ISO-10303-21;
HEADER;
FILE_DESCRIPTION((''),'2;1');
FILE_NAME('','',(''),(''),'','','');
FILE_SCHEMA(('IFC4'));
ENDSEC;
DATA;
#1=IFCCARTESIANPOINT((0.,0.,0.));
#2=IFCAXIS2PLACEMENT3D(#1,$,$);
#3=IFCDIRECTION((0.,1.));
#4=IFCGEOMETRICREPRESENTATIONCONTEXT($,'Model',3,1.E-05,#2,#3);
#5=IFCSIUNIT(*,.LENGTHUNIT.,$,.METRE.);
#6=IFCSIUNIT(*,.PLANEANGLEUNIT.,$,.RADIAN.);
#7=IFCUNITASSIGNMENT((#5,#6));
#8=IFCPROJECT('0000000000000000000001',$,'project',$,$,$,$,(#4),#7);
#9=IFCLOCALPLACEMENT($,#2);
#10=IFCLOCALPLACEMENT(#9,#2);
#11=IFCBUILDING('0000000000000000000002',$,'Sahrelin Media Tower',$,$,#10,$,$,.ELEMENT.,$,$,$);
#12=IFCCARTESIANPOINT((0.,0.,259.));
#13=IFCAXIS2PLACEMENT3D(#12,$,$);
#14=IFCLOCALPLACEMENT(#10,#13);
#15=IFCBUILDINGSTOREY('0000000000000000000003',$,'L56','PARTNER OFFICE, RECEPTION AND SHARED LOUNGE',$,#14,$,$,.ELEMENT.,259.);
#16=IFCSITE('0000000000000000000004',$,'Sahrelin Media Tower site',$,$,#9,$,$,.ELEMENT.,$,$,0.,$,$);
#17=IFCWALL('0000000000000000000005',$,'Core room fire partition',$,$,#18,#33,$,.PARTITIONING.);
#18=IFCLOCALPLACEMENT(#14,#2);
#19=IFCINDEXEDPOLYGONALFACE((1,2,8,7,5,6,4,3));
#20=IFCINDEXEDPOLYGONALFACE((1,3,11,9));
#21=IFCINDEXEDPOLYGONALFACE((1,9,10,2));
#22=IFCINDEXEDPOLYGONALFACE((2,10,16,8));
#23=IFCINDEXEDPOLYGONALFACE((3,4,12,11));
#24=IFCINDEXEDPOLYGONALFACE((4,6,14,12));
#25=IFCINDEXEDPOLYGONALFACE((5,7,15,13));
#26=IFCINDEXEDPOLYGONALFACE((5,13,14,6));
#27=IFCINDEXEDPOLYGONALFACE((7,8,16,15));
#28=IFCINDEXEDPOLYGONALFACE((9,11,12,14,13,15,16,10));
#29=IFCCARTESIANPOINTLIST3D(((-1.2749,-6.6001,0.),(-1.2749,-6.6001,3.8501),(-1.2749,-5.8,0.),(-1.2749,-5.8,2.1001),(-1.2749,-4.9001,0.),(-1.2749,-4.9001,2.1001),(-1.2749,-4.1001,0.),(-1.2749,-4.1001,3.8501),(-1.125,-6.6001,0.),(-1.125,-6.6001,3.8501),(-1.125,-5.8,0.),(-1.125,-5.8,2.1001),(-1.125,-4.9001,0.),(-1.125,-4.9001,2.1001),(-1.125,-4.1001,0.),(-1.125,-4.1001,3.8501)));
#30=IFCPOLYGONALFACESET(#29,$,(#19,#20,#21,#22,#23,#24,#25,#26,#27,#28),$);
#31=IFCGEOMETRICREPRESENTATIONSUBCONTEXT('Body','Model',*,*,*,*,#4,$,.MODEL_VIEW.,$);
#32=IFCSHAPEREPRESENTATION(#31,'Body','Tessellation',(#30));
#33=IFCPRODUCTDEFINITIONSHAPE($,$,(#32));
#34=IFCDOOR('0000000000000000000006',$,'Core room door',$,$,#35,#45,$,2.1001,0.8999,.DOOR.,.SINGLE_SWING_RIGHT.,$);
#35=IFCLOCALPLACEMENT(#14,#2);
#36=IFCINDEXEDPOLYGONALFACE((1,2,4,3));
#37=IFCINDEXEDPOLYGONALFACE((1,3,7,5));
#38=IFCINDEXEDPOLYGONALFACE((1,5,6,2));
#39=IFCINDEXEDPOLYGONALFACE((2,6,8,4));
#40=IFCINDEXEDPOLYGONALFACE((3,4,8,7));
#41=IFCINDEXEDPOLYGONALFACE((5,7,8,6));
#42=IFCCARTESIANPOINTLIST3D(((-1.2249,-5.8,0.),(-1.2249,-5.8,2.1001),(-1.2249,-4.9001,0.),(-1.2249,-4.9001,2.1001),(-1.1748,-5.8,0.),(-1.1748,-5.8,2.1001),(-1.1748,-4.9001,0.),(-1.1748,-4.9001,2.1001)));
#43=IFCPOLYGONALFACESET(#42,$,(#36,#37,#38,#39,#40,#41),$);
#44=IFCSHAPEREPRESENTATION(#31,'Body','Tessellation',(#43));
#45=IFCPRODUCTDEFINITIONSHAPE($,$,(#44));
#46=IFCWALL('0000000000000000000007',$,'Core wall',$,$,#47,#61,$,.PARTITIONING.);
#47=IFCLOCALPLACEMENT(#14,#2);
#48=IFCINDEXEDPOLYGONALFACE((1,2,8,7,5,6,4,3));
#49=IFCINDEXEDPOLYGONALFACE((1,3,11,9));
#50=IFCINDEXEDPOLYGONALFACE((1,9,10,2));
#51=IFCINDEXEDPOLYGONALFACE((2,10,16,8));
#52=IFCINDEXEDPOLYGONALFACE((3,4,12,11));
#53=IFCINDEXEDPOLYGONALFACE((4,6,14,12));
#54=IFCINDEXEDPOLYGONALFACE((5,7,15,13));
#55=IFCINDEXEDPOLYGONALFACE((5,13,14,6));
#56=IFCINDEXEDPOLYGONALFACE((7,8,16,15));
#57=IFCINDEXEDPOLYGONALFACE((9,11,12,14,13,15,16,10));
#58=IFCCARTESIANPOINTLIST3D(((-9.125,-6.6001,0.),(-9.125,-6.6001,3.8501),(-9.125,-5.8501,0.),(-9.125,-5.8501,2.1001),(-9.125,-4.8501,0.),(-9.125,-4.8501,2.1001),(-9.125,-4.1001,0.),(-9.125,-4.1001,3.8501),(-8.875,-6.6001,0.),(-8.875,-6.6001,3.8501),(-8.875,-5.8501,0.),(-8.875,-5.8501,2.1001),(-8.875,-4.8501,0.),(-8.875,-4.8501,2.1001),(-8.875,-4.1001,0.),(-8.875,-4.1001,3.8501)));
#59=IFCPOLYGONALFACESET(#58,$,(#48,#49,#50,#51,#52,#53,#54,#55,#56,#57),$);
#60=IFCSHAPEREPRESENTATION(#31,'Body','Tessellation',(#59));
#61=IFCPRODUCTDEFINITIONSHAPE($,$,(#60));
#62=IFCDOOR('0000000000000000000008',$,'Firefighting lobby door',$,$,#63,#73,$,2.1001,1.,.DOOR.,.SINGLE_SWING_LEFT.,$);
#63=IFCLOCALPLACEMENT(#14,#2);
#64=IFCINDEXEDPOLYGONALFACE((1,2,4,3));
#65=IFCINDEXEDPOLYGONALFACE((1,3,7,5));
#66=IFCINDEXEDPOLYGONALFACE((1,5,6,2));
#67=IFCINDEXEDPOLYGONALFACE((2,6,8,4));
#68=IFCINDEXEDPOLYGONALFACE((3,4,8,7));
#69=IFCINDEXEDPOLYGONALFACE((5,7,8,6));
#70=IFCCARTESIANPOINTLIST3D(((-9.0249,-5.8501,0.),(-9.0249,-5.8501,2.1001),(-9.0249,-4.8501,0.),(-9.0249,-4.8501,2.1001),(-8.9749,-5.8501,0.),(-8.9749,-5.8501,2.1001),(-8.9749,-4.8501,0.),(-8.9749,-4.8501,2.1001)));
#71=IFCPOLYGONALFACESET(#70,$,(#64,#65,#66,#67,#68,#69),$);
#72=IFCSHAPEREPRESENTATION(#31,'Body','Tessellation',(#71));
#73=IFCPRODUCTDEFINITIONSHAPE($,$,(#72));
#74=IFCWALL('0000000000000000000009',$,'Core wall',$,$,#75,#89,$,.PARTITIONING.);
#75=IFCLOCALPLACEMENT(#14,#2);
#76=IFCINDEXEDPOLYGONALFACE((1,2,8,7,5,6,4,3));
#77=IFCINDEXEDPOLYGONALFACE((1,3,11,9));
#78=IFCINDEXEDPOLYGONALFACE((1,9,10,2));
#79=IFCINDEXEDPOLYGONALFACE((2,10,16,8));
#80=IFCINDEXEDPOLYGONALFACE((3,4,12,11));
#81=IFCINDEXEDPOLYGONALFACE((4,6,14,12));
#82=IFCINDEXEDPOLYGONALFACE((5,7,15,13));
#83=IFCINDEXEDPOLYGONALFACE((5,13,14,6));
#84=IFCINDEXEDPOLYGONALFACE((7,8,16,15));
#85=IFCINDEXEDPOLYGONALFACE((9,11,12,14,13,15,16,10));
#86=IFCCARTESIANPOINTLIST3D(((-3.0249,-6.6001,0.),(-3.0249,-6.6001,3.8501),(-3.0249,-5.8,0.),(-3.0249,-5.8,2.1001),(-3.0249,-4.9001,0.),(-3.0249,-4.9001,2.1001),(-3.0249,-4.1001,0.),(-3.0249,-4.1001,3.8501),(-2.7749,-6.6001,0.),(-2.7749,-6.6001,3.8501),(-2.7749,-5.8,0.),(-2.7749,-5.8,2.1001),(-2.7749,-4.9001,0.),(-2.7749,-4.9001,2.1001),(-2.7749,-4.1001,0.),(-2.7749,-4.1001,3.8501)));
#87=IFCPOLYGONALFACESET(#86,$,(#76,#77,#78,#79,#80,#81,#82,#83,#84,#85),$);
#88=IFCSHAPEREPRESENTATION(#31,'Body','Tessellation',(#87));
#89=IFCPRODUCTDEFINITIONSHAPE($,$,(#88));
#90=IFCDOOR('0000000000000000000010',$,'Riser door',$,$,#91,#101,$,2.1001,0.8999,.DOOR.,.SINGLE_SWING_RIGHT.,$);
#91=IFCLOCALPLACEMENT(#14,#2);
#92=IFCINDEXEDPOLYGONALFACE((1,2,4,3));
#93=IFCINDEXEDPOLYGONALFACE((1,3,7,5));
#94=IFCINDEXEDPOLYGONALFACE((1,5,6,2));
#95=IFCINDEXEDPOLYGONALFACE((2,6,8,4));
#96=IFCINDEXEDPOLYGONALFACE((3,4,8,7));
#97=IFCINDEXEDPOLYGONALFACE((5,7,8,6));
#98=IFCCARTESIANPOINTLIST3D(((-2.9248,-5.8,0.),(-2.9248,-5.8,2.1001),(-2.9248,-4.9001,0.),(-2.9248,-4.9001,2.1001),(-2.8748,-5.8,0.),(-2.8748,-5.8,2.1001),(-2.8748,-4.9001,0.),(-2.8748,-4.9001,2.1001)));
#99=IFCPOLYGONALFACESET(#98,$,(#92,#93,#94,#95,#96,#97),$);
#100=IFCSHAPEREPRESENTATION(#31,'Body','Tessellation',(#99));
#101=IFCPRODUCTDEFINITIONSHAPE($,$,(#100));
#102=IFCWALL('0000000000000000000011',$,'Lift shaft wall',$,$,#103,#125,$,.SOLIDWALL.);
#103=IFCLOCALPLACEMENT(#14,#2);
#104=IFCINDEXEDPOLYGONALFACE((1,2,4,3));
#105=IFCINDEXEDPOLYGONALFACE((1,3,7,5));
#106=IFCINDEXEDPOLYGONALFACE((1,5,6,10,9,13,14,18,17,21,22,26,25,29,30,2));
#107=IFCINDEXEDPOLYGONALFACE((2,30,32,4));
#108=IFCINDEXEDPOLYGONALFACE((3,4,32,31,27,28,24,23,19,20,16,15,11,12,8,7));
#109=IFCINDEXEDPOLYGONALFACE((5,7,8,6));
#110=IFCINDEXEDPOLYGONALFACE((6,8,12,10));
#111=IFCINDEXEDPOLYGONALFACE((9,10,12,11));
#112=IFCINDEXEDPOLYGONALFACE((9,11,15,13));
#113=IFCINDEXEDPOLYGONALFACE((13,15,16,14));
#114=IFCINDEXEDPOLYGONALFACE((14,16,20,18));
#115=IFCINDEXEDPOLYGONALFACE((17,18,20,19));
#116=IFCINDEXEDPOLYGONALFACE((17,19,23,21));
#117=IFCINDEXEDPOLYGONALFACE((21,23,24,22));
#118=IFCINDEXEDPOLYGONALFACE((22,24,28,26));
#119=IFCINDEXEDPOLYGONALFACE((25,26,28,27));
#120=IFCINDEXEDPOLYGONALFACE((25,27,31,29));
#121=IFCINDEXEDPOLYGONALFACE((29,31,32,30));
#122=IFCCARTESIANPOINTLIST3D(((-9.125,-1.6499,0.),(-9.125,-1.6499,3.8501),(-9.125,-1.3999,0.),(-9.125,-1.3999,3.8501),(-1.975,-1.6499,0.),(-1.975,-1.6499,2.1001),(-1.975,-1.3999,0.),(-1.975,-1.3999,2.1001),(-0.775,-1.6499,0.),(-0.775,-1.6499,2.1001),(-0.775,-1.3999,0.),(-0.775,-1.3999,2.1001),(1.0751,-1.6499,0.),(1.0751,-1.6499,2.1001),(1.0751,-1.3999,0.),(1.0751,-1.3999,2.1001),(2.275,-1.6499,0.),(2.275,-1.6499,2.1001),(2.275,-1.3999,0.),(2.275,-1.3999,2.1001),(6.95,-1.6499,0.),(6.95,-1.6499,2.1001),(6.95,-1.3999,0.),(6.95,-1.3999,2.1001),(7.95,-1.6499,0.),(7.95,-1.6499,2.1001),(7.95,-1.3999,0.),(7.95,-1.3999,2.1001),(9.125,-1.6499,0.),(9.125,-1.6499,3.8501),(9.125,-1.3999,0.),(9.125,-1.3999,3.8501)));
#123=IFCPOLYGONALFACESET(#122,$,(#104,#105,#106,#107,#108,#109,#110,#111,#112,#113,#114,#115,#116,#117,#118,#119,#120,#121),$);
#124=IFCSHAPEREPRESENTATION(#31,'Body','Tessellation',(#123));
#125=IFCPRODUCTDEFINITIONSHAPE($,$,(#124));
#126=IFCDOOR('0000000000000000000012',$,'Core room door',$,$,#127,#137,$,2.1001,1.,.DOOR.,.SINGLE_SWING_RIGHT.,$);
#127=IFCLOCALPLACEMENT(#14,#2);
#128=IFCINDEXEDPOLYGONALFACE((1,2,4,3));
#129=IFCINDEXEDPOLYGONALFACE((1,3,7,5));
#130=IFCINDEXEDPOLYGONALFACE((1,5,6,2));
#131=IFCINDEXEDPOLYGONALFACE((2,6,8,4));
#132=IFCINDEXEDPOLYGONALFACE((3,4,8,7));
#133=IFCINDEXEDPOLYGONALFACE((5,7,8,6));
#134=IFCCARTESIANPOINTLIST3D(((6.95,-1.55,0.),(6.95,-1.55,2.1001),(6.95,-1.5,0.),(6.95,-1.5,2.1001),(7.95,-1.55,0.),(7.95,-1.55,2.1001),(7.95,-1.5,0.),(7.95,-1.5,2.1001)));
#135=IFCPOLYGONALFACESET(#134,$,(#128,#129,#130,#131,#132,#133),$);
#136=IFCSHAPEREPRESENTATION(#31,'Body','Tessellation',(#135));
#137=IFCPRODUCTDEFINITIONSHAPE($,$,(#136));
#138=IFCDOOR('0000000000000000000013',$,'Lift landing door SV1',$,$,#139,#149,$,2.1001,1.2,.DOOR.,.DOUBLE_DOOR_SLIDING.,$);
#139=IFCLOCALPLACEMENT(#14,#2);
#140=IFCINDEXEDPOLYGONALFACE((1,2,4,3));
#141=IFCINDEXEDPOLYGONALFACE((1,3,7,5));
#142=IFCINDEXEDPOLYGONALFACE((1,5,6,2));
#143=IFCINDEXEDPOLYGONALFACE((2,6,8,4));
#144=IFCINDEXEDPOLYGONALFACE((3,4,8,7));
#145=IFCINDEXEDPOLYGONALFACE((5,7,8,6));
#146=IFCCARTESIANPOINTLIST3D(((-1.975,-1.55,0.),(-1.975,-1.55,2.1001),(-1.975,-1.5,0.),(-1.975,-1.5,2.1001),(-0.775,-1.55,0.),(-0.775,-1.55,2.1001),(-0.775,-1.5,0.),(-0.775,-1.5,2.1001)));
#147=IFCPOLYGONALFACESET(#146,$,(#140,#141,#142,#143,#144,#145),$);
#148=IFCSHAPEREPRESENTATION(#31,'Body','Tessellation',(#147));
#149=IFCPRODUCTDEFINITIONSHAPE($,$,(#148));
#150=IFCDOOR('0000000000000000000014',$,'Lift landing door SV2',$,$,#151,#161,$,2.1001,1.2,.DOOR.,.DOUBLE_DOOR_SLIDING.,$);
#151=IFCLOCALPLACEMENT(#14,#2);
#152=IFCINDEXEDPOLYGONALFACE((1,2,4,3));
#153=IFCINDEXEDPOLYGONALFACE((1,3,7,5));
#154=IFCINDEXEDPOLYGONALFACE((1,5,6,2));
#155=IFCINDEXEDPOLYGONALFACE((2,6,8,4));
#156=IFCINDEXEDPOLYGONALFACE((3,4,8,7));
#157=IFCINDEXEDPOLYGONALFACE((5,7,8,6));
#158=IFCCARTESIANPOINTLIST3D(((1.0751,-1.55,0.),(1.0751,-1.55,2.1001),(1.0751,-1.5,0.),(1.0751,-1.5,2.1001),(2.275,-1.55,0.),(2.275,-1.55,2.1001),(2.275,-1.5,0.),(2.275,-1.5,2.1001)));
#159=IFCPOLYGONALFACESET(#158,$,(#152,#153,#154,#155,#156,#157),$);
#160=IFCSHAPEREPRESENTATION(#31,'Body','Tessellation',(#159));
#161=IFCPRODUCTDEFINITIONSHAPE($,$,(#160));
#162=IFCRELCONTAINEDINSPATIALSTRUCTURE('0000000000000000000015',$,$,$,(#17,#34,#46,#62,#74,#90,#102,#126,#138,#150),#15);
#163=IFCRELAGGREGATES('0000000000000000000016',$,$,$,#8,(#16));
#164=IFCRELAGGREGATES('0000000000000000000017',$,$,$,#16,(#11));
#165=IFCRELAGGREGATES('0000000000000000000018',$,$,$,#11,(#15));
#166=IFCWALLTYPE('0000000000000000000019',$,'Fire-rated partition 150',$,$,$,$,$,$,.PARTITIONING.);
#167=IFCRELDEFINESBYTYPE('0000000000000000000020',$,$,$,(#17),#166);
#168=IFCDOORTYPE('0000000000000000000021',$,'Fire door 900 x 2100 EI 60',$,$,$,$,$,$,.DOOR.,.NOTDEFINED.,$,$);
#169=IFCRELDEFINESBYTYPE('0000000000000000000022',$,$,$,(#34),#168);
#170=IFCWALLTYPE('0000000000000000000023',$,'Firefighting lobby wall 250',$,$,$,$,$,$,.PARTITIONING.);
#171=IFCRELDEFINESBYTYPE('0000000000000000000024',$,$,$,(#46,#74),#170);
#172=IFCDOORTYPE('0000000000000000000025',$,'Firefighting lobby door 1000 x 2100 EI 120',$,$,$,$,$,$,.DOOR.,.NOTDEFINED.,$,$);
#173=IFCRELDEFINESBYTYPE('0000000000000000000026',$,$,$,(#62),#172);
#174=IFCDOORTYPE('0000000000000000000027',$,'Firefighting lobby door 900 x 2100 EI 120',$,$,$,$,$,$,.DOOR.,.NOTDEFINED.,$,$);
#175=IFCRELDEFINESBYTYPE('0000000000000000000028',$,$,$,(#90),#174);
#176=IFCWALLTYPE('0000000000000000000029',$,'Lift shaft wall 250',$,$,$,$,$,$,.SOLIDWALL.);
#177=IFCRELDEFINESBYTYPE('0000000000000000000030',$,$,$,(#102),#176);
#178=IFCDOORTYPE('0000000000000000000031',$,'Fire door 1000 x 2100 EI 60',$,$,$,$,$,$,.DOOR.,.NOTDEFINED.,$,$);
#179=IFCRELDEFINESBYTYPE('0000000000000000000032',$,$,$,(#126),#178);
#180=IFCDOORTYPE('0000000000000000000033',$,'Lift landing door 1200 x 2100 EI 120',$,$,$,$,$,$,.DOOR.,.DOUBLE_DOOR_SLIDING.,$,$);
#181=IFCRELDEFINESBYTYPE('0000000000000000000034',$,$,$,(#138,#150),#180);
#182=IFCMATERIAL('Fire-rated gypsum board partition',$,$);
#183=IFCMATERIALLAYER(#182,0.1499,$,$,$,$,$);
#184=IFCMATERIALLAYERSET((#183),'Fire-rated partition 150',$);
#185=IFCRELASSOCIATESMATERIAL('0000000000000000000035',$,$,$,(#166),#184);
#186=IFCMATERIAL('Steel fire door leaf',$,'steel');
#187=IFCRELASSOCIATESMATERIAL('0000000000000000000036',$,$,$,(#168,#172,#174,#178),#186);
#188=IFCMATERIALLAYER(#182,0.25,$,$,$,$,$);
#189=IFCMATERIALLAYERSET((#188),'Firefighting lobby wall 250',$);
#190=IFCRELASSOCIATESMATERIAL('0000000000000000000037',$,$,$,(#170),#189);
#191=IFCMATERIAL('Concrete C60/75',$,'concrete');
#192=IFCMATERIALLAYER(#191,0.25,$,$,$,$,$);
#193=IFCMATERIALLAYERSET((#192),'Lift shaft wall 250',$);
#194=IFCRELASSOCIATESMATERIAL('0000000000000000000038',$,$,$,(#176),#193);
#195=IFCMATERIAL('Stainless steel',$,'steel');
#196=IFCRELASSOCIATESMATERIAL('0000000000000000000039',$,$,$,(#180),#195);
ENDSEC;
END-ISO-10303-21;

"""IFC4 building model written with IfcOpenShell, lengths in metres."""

from ifc_helpers import new_model, si_unit, direction, frame, frame_2d, origin, place, context, subcontext, project, spatial, rectangle, extrude, material, layer, layer_set, type_object, element, fill, save


model = new_model("IFC4")

# Units and contexts
model_context = context("Model", 3, precision=1e-05, world=origin(), true_north=direction((0.0, 1.0)))
body_context = subcontext(model_context, "Body", "Model", "MODEL_VIEW")
ifc_project = project(units=[si_unit("LENGTHUNIT", "METRE"), si_unit("PLANEANGLEUNIT", "RADIAN")], contexts=[model_context])

# Site, building, storey
site_placement = place(None, origin())
site = spatial("IfcSite", under=ifc_project, at=site_placement, Name="Sahrelin Media Tower site", CompositionType="ELEMENT", RefElevation=0.0)
building_placement = place(site_placement, origin())
building = spatial("IfcBuilding", under=site, at=building_placement, Name="Sahrelin Media Tower", CompositionType="ELEMENT")
storey_placement = place(building_placement, frame((0.0, 0.0, 259.0)))
storey = spatial("IfcBuildingStorey", under=building, at=storey_placement, Name="L56", Description="PARTNER OFFICE, RECEPTION AND SHARED LOUNGE", CompositionType="ELEMENT", Elevation=259.0)

# Shared definitions
ifc_material_1 = material(Name="Concrete C60/75", Category="concrete")

# Walls, openings, doors
ifc_material_2 = material(Name="Fire-rated gypsum board partition")
ifc_layer_1 = layer(ifc_material_2, 0.1499)
ifc_layer_set_1 = layer_set([ifc_layer_1], Name="Fire-rated partition 150")
wall_type_1 = type_object("IfcWallType", Name="Fire-rated partition 150", PredefinedType="PARTITIONING", material=ifc_layer_set_1)
wall_1_placement = place(storey_placement, frame((-1.2, -6.6001, 0.0), z_axis=(0.0, 0.0, 1.0), x_axis=(0.0, 1.0, 0.0)))
wall_1 = element("IfcWall", 1, at=wall_1_placement, inside=storey, type_object=wall_type_1, Name="Core room fire partition", PredefinedType="PARTITIONING", context=body_context, shape_type="SweptSolid", body=[
    extrude(rectangle(XDim=2.5, YDim=0.1499, at=frame_2d((1.25, 0.0))), origin(), (0.0, 0.0, 1.0), 3.8501),
])
opening_1_placement = place(wall_1_placement, frame((0.8, 0.0, 0.0)))
opening_1 = element("IfcOpeningElement", 2, at=opening_1_placement, cuts=wall_1, PredefinedType="OPENING", context=body_context, shape_type="SweptSolid", body=[
    extrude(rectangle(XDim=0.8999, YDim=2.1001, at=frame_2d((0.45, 1.05))), frame((0.0, 0.075, 0.0), z_axis=(0.0, -1.0, 0.0), x_axis=(1.0, 0.0, 0.0)), (0.0, 0.0, 1.0), 0.1499),
])
ifc_material_3 = material(Name="Steel fire door leaf", Category="steel")
door_type_1 = type_object("IfcDoorType", Name="Fire door 900 x 2100 EI 60", OperationType="NOTDEFINED", PredefinedType="DOOR", material=ifc_material_3)
door_1_placement = place(opening_1_placement, origin())
door_1 = element("IfcDoor", 3, at=door_1_placement, inside=storey, type_object=door_type_1, Name="Core room door", OperationType="SINGLE_SWING_RIGHT", OverallHeight=2.1001, OverallWidth=0.8999, PredefinedType="DOOR", context=body_context, shape_type="SweptSolid", body=[
    extrude(rectangle(XDim=0.8999, YDim=2.1001, at=frame_2d((0.45, 1.05))), frame((0.0, 0.0249, 0.0), z_axis=(0.0, -1.0, 0.0), x_axis=(1.0, 0.0, 0.0)), (0.0, 0.0, 1.0), 0.05),
])
fill(opening_1, door_1)
ifc_layer_2 = layer(ifc_material_2, 0.25)
ifc_layer_set_2 = layer_set([ifc_layer_2], Name="Firefighting lobby wall 250")
wall_type_2 = type_object("IfcWallType", Name="Firefighting lobby wall 250", PredefinedType="PARTITIONING", material=ifc_layer_set_2)
wall_2_placement = place(storey_placement, frame((-9.0, -6.6001, 0.0), z_axis=(0.0, 0.0, 1.0), x_axis=(0.0, 1.0, 0.0)))
wall_2 = element("IfcWall", 4, at=wall_2_placement, inside=storey, type_object=wall_type_2, Name="Core wall", PredefinedType="PARTITIONING", context=body_context, shape_type="SweptSolid", body=[
    extrude(rectangle(XDim=2.5, YDim=0.25, at=frame_2d((1.25, 0.0))), origin(), (0.0, 0.0, 1.0), 3.8501),
])
opening_2_placement = place(wall_2_placement, frame((0.75, 0.0, 0.0)))
opening_2 = element("IfcOpeningElement", 5, at=opening_2_placement, cuts=wall_2, PredefinedType="OPENING", context=body_context, shape_type="SweptSolid", body=[
    extrude(rectangle(XDim=1.0, YDim=2.1001, at=frame_2d((0.5, 1.05))), frame((0.0, 0.125, 0.0), z_axis=(0.0, -1.0, 0.0), x_axis=(1.0, 0.0, 0.0)), (0.0, 0.0, 1.0), 0.25),
])
door_type_2 = type_object("IfcDoorType", Name="Firefighting lobby door 1000 x 2100 EI 120", OperationType="NOTDEFINED", PredefinedType="DOOR", material=ifc_material_3)
door_2_placement = place(opening_2_placement, origin())
door_2 = element("IfcDoor", 6, at=door_2_placement, inside=storey, type_object=door_type_2, Name="Firefighting lobby door", OperationType="SINGLE_SWING_LEFT", OverallHeight=2.1001, OverallWidth=1.0, PredefinedType="DOOR", context=body_context, shape_type="SweptSolid", body=[
    extrude(rectangle(XDim=1.0, YDim=2.1001, at=frame_2d((0.5, 1.05))), frame((0.0, 0.0249, 0.0), z_axis=(0.0, -1.0, 0.0), x_axis=(1.0, 0.0, 0.0)), (0.0, 0.0, 1.0), 0.05),
])
fill(opening_2, door_2)
wall_3_placement = place(storey_placement, frame((-2.8999, -6.6001, 0.0), z_axis=(0.0, 0.0, 1.0), x_axis=(0.0, 1.0, 0.0)))
wall_3 = element("IfcWall", 7, at=wall_3_placement, inside=storey, type_object=wall_type_2, Name="Core wall", PredefinedType="PARTITIONING", context=body_context, shape_type="SweptSolid", body=[
    extrude(rectangle(XDim=2.5, YDim=0.25, at=frame_2d((1.25, 0.0))), origin(), (0.0, 0.0, 1.0), 3.8501),
])
opening_3_placement = place(wall_3_placement, frame((0.8, 0.0, 0.0)))
opening_3 = element("IfcOpeningElement", 8, at=opening_3_placement, cuts=wall_3, PredefinedType="OPENING", context=body_context, shape_type="SweptSolid", body=[
    extrude(rectangle(XDim=0.8999, YDim=2.1001, at=frame_2d((0.45, 1.05))), frame((0.0, 0.125, 0.0), z_axis=(0.0, -1.0, 0.0), x_axis=(1.0, 0.0, 0.0)), (0.0, 0.0, 1.0), 0.25),
])
door_type_3 = type_object("IfcDoorType", Name="Firefighting lobby door 900 x 2100 EI 120", OperationType="NOTDEFINED", PredefinedType="DOOR", material=ifc_material_3)
door_3_placement = place(opening_3_placement, origin())
door_3 = element("IfcDoor", 9, at=door_3_placement, inside=storey, type_object=door_type_3, Name="Riser door", OperationType="SINGLE_SWING_RIGHT", OverallHeight=2.1001, OverallWidth=0.8999, PredefinedType="DOOR", context=body_context, shape_type="SweptSolid", body=[
    extrude(rectangle(XDim=0.8999, YDim=2.1001, at=frame_2d((0.45, 1.05))), frame((0.0, 0.0249, 0.0), z_axis=(0.0, -1.0, 0.0), x_axis=(1.0, 0.0, 0.0)), (0.0, 0.0, 1.0), 0.05),
])
fill(opening_3, door_3)

# Wall, openings, doors
ifc_layer_3 = layer(ifc_material_1, 0.25)
ifc_layer_set_3 = layer_set([ifc_layer_3], Name="Lift shaft wall 250")
wall_type_3 = type_object("IfcWallType", Name="Lift shaft wall 250", PredefinedType="SOLIDWALL", material=ifc_layer_set_3)
wall_4_placement = place(storey_placement, frame((-9.125, -1.5249, 0.0), z_axis=(0.0, 0.0, 1.0), x_axis=(1.0, 0.0, 0.0)))
wall_4 = element("IfcWall", 10, at=wall_4_placement, inside=storey, type_object=wall_type_3, Name="Lift shaft wall", PredefinedType="SOLIDWALL", context=body_context, shape_type="SweptSolid", body=[
    extrude(rectangle(XDim=18.25, YDim=0.25, at=frame_2d((9.125, 0.0))), origin(), (0.0, 0.0, 1.0), 3.8501),
])
opening_4_placement = place(wall_4_placement, frame((7.1499, 0.0, 0.0)))
opening_4 = element("IfcOpeningElement", 11, at=opening_4_placement, cuts=wall_4, PredefinedType="OPENING", context=body_context, shape_type="SweptSolid", body=[
    extrude(rectangle(XDim=1.2, YDim=2.1001, at=frame_2d((0.6001, 1.05))), frame((0.0, 0.125, 0.0), z_axis=(0.0, -1.0, 0.0), x_axis=(1.0, 0.0, 0.0)), (0.0, 0.0, 1.0), 0.25),
])
opening_5_placement = place(wall_4_placement, frame((10.2, 0.0, 0.0)))
opening_5 = element("IfcOpeningElement", 12, at=opening_5_placement, cuts=wall_4, PredefinedType="OPENING", context=body_context, shape_type="SweptSolid", body=[
    extrude(rectangle(XDim=1.2, YDim=2.1001, at=frame_2d((0.6001, 1.05))), frame((0.0, 0.125, 0.0), z_axis=(0.0, -1.0, 0.0), x_axis=(1.0, 0.0, 0.0)), (0.0, 0.0, 1.0), 0.25),
])
opening_6_placement = place(wall_4_placement, frame((16.075, 0.0, 0.0)))
opening_6 = element("IfcOpeningElement", 13, at=opening_6_placement, cuts=wall_4, PredefinedType="OPENING", context=body_context, shape_type="SweptSolid", body=[
    extrude(rectangle(XDim=1.0, YDim=2.1001, at=frame_2d((0.5, 1.05))), frame((0.0, 0.125, 0.0), z_axis=(0.0, -1.0, 0.0), x_axis=(1.0, 0.0, 0.0)), (0.0, 0.0, 1.0), 0.25),
])
door_type_4 = type_object("IfcDoorType", Name="Fire door 1000 x 2100 EI 60", OperationType="NOTDEFINED", PredefinedType="DOOR", material=ifc_material_3)
door_4_placement = place(opening_6_placement, origin())
door_4 = element("IfcDoor", 14, at=door_4_placement, inside=storey, type_object=door_type_4, Name="Core room door", OperationType="SINGLE_SWING_RIGHT", OverallHeight=2.1001, OverallWidth=1.0, PredefinedType="DOOR", context=body_context, shape_type="SweptSolid", body=[
    extrude(rectangle(XDim=1.0, YDim=2.1001, at=frame_2d((0.5, 1.05))), frame((0.0, 0.0249, 0.0), z_axis=(0.0, -1.0, 0.0), x_axis=(1.0, 0.0, 0.0)), (0.0, 0.0, 1.0), 0.05),
])
fill(opening_6, door_4)
ifc_material_4 = material(Name="Stainless steel", Category="steel")
door_type_5 = type_object("IfcDoorType", Name="Lift landing door 1200 x 2100 EI 120", OperationType="DOUBLE_DOOR_SLIDING", PredefinedType="DOOR", material=ifc_material_4)
door_5_placement = place(opening_4_placement, origin())
door_5 = element("IfcDoor", 15, at=door_5_placement, inside=storey, type_object=door_type_5, Name="Lift landing door SV1", OperationType="DOUBLE_DOOR_SLIDING", OverallHeight=2.1001, OverallWidth=1.2, PredefinedType="DOOR", context=body_context, shape_type="SweptSolid", body=[
    extrude(rectangle(XDim=1.2, YDim=2.1001, at=frame_2d((0.6001, 1.05))), frame((0.0, 0.0249, 0.0), z_axis=(0.0, -1.0, 0.0), x_axis=(1.0, 0.0, 0.0)), (0.0, 0.0, 1.0), 0.05),
])
fill(opening_4, door_5)
door_6_placement = place(opening_5_placement, origin())
door_6 = element("IfcDoor", 16, at=door_6_placement, inside=storey, type_object=door_type_5, Name="Lift landing door SV2", OperationType="DOUBLE_DOOR_SLIDING", OverallHeight=2.1001, OverallWidth=1.2, PredefinedType="DOOR", context=body_context, shape_type="SweptSolid", body=[
    extrude(rectangle(XDim=1.2, YDim=2.1001, at=frame_2d((0.6001, 1.05))), frame((0.0, 0.0249, 0.0), z_axis=(0.0, -1.0, 0.0), x_axis=(1.0, 0.0, 0.0)), (0.0, 0.0, 1.0), 0.05),
])
fill(opening_5, door_6)

save(model, "model.ifc")
